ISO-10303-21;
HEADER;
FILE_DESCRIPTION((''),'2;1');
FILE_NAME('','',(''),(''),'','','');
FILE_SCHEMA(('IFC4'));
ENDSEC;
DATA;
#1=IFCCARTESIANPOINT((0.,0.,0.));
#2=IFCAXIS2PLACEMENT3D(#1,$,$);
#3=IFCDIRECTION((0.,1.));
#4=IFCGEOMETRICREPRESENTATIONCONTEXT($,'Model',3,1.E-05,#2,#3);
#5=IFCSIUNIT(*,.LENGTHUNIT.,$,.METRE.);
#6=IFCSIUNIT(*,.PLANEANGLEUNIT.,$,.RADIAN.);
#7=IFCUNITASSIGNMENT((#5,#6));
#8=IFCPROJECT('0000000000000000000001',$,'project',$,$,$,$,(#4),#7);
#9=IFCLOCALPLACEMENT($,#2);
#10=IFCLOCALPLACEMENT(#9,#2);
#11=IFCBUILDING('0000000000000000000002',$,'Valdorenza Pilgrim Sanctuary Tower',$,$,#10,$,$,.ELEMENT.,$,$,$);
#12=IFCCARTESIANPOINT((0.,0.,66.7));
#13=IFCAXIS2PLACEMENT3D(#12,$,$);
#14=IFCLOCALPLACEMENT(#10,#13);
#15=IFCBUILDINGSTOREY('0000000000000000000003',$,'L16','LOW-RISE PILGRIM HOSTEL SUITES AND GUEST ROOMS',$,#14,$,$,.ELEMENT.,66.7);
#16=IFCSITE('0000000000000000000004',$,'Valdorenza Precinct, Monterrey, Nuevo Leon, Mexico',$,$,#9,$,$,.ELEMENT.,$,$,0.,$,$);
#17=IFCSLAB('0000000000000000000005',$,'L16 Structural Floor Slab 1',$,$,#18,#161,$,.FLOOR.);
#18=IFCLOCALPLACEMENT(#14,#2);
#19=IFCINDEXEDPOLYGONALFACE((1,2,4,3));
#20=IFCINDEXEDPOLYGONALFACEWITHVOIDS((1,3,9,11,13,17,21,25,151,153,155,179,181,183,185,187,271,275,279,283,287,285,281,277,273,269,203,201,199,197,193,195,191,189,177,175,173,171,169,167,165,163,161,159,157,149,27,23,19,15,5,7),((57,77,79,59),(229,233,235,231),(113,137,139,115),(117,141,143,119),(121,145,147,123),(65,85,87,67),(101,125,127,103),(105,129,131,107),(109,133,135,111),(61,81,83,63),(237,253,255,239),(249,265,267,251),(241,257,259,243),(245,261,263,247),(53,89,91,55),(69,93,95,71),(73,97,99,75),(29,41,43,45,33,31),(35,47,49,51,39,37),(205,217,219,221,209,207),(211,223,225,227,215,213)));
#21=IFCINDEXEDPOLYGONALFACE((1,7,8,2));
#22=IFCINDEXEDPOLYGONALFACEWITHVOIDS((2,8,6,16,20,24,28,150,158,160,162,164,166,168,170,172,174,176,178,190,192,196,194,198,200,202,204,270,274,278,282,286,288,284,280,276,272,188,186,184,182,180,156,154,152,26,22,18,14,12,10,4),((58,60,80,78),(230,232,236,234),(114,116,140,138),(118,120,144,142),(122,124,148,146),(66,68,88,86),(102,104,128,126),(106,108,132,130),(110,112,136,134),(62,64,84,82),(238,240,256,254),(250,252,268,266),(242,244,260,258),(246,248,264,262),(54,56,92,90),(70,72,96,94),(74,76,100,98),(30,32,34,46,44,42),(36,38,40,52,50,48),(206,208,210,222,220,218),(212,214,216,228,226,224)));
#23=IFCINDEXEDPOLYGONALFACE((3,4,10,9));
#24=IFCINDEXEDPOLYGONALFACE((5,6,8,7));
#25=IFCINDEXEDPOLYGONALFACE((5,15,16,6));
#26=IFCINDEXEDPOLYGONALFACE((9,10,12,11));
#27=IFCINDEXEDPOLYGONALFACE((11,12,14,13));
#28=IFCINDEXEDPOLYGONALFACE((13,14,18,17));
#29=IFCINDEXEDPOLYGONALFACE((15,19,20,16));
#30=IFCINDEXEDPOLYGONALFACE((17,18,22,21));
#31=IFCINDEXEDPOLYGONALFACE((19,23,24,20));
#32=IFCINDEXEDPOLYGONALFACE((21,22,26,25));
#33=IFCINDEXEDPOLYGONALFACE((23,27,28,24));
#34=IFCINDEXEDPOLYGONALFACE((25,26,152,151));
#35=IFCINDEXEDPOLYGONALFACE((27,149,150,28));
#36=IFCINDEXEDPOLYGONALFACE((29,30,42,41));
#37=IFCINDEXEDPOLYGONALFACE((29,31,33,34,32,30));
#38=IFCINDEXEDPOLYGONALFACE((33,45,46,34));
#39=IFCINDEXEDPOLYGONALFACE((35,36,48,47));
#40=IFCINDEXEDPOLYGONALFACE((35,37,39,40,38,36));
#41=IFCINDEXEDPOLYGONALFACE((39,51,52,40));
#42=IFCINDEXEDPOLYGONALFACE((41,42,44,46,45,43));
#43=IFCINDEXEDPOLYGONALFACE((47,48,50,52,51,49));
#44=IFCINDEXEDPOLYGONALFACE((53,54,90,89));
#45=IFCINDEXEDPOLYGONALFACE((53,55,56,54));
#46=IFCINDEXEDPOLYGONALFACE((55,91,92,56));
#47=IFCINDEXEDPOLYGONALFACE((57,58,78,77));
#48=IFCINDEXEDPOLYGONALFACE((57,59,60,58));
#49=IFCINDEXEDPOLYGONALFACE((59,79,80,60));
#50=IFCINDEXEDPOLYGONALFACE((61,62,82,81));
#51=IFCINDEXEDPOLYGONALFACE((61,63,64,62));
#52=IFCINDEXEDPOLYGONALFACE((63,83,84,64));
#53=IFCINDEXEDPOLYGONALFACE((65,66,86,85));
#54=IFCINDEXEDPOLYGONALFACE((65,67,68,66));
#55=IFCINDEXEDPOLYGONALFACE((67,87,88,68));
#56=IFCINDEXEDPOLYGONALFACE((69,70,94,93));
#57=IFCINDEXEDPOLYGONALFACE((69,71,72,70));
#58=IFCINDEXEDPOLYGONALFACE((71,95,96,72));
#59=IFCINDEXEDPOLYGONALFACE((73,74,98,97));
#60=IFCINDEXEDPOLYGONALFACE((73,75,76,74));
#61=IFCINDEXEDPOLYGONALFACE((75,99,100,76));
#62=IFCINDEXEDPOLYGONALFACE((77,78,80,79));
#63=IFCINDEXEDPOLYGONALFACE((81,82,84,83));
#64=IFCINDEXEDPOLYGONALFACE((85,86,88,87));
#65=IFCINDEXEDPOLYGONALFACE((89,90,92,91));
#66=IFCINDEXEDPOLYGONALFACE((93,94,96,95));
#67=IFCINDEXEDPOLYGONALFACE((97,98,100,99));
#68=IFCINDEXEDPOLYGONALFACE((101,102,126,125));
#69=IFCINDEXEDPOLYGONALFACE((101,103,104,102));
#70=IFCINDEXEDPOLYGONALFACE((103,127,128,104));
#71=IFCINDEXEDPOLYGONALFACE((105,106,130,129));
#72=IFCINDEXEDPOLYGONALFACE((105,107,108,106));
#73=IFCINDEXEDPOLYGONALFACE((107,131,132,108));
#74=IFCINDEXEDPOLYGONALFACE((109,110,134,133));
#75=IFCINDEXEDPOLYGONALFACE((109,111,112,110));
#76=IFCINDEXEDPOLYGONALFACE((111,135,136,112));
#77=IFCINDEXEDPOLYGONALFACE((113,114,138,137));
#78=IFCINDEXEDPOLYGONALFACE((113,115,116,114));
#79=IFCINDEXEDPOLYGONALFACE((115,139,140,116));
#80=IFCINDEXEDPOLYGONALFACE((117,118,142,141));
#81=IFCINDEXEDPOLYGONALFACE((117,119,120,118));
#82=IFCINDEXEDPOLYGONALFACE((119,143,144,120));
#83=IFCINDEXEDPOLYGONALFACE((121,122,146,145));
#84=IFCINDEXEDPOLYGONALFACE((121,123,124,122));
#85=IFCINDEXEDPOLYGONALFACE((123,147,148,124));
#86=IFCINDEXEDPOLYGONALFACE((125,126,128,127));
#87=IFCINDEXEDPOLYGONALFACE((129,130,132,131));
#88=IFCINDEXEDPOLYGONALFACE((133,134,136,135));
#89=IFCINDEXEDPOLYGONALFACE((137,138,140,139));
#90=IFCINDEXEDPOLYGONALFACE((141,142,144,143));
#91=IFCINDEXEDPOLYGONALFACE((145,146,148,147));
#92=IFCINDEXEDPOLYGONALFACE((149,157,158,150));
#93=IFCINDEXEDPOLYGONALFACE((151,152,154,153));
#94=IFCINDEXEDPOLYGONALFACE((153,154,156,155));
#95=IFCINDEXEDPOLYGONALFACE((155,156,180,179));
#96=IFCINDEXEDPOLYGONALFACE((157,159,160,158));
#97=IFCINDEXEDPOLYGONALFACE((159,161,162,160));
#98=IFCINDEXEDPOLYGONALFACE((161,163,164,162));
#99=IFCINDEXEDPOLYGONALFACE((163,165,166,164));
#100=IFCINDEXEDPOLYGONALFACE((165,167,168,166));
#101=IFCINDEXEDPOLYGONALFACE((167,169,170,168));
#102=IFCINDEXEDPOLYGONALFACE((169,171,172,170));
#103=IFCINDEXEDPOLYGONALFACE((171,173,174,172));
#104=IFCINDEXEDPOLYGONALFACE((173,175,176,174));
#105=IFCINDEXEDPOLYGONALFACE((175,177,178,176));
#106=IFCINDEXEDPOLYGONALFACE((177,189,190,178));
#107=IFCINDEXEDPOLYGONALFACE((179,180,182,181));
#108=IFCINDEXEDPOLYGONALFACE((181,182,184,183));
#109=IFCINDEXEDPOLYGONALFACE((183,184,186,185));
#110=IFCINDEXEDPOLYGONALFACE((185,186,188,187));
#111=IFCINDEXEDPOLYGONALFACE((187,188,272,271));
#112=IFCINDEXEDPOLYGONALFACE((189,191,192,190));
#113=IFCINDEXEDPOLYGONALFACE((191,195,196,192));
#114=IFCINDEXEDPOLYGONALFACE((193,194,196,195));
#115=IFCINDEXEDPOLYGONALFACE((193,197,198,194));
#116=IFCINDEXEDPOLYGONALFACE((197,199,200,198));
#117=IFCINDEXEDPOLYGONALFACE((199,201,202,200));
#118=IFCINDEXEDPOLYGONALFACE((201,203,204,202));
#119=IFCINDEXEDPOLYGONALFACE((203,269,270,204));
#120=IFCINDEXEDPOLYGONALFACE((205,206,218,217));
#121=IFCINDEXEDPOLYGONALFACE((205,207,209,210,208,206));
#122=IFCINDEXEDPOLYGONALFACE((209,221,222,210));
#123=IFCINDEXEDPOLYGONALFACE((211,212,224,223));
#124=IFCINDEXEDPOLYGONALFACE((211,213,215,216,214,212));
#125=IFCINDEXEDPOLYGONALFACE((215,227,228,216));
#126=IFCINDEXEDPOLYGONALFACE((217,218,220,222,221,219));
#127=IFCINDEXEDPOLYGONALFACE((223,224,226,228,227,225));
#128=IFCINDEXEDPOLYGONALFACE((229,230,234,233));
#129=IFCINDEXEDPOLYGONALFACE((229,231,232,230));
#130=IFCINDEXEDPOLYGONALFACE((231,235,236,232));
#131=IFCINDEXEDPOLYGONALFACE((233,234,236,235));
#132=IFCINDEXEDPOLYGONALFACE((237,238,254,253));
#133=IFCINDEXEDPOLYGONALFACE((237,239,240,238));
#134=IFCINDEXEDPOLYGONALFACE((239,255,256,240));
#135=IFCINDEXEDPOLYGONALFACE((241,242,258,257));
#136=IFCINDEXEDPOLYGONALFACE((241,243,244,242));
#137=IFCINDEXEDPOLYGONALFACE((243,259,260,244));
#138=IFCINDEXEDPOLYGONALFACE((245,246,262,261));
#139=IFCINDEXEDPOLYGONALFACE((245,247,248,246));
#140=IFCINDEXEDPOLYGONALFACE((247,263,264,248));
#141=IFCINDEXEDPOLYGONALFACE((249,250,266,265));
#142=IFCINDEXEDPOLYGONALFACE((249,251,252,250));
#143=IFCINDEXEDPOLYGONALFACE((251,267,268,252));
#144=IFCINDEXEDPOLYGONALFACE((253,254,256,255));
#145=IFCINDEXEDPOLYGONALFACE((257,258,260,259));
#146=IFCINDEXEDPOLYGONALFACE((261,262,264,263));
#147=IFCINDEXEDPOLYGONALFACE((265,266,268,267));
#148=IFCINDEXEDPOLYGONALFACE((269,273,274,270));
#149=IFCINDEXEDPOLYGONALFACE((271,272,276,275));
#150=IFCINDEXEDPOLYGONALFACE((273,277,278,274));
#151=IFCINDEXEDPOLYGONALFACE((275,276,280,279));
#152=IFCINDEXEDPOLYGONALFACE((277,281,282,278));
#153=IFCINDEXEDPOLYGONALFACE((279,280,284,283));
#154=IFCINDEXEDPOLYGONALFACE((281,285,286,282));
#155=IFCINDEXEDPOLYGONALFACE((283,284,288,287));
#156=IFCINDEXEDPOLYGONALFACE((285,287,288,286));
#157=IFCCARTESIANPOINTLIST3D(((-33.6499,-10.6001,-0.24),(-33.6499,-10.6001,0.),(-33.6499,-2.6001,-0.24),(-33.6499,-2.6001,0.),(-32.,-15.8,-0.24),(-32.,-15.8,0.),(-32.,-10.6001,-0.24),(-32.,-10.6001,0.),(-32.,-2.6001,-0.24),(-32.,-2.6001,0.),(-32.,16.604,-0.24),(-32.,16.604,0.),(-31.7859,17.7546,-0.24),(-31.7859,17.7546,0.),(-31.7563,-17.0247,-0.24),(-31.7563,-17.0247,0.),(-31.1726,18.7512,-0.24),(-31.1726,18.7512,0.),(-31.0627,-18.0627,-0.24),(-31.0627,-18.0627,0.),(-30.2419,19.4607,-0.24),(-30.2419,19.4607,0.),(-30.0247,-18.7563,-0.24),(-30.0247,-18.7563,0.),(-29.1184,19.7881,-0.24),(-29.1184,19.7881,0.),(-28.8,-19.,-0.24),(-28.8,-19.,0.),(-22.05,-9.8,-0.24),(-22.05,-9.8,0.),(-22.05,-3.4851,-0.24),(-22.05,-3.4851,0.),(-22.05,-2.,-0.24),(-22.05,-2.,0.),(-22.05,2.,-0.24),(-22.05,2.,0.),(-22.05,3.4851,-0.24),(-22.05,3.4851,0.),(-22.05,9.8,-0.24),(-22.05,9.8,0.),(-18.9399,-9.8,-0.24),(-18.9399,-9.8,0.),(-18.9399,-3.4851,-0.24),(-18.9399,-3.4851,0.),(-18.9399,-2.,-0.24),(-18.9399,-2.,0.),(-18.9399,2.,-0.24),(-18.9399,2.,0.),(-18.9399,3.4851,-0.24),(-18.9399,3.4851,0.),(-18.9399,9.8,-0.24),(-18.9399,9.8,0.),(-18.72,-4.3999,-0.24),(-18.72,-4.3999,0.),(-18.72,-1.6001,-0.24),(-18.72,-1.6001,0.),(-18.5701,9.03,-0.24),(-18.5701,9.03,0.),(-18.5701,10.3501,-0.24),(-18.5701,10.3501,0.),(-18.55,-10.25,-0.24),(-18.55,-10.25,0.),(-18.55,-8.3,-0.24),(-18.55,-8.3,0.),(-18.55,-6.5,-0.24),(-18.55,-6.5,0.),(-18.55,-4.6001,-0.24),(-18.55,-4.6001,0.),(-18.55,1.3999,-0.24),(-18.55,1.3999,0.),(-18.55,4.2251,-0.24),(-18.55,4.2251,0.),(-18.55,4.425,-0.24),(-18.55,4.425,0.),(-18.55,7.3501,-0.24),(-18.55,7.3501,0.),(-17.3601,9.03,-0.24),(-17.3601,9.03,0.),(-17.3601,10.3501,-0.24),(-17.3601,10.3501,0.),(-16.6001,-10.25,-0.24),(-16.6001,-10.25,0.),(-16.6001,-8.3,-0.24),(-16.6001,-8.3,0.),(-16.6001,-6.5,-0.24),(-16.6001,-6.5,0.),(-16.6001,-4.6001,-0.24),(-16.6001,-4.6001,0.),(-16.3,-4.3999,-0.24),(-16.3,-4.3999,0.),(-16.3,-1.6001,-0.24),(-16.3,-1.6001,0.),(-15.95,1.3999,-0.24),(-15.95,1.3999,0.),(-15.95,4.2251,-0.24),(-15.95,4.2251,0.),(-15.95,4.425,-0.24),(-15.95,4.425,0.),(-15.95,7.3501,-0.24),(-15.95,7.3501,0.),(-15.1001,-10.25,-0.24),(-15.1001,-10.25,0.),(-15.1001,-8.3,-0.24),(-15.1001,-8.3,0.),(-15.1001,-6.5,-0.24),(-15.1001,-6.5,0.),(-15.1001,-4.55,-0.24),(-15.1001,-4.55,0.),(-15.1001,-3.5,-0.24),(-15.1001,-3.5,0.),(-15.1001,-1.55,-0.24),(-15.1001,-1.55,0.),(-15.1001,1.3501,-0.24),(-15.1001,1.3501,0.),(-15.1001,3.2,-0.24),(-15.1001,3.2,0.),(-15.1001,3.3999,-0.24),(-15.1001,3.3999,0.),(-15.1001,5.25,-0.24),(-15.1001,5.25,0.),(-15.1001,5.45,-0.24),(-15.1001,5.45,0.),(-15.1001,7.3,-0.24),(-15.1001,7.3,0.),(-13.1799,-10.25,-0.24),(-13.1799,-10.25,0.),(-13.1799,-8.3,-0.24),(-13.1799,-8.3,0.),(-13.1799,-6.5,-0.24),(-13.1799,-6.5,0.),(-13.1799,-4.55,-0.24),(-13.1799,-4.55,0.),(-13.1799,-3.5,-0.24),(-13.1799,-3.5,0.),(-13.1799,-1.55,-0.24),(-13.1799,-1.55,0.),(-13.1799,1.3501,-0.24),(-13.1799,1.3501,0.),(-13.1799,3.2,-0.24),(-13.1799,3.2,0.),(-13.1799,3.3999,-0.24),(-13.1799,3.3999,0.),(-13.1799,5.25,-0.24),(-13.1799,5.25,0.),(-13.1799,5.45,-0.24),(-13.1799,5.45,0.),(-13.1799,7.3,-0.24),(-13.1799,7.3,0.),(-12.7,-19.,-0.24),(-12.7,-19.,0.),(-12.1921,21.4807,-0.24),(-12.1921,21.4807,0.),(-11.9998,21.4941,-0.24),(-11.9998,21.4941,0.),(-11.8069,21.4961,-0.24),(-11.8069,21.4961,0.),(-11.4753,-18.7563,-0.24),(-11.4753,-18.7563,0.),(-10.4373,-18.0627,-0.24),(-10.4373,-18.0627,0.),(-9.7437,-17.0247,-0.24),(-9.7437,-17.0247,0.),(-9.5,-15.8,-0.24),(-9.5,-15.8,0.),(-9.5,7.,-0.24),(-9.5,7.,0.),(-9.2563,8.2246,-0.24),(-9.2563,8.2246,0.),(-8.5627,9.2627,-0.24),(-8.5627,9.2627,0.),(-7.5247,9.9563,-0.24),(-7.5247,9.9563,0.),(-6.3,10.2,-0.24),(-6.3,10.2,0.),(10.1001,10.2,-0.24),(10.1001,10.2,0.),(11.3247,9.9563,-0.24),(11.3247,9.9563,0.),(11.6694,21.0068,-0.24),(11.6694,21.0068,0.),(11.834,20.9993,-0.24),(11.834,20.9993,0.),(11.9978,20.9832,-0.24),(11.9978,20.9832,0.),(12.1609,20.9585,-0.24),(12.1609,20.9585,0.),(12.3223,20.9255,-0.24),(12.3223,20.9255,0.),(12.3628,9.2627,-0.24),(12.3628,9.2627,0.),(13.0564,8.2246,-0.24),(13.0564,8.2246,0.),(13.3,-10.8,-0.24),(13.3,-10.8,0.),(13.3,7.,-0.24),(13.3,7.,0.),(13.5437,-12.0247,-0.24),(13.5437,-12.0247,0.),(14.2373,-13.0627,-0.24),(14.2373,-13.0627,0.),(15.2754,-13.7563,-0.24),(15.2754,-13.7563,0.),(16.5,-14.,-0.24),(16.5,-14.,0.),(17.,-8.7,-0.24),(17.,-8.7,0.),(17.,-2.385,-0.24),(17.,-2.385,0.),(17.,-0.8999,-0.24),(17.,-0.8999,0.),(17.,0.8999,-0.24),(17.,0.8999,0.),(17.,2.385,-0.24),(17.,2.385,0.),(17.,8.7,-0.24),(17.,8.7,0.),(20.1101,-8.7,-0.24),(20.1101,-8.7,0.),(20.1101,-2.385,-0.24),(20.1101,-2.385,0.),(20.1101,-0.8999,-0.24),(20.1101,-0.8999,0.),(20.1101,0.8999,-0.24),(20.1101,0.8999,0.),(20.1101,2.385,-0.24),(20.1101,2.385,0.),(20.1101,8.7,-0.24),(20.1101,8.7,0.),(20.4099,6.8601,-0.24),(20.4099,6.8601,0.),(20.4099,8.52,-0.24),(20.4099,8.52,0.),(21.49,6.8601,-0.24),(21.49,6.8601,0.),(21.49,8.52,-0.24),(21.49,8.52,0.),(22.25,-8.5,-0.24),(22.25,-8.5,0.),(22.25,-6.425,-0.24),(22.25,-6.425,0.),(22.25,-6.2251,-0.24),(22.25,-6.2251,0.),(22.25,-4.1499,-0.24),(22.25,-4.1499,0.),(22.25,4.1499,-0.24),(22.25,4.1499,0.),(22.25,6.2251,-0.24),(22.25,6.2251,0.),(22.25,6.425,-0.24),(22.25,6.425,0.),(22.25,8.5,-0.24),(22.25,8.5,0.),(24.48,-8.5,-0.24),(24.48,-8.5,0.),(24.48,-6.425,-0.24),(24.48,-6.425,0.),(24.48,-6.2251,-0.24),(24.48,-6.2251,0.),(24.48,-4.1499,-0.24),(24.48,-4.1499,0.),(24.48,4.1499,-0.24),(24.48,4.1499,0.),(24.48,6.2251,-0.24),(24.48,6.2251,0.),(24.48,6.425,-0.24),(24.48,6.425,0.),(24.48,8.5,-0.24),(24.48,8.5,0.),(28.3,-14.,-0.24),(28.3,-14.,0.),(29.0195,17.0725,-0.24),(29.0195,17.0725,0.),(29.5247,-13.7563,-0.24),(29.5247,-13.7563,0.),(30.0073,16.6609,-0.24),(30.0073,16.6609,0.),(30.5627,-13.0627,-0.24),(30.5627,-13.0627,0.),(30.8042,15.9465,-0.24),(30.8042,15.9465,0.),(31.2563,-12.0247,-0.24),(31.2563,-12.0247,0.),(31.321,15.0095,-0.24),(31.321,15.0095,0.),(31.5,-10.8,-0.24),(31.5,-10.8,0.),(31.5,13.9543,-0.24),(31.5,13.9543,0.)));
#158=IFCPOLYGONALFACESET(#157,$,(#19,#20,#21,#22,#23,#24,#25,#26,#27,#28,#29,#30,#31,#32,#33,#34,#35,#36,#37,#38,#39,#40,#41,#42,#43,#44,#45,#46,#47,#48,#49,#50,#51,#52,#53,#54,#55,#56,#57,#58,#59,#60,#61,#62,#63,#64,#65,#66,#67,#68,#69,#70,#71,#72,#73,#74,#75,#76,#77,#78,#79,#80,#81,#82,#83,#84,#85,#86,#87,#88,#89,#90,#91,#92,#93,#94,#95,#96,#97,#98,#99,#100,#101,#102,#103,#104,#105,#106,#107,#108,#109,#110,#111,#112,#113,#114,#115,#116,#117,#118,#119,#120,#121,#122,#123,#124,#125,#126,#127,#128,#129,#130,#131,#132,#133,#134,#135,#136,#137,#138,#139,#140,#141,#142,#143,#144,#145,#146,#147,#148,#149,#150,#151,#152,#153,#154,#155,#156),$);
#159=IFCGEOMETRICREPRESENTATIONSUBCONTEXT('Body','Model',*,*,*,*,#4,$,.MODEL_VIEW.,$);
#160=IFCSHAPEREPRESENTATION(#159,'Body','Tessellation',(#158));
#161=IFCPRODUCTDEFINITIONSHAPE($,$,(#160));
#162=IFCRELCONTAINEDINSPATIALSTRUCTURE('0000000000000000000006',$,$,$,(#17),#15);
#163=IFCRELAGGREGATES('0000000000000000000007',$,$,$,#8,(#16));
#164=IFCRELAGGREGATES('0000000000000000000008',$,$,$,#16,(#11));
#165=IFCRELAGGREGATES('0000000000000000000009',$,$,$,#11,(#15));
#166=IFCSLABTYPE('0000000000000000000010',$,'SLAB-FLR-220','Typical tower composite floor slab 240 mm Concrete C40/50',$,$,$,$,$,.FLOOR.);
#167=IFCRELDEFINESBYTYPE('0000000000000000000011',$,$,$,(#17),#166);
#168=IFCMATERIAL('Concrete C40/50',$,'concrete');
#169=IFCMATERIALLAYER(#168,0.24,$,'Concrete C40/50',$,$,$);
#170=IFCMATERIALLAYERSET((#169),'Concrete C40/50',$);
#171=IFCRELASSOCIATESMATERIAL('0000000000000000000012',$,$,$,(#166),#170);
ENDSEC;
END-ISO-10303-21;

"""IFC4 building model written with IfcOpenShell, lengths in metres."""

from ifc_helpers import new_model, si_unit, direction, frame, origin, place, context, subcontext, project, spatial, polyline, outline, extrude, material, layer, layer_set, type_object, element, save


model = new_model("IFC4")

# Units and contexts
model_context = context("Model", 3, precision=1e-05, world=origin(), true_north=direction((0.0, 1.0)))
body_context = subcontext(model_context, "Body", "Model", "MODEL_VIEW")
ifc_project = project(units=[si_unit("LENGTHUNIT", "METRE"), si_unit("PLANEANGLEUNIT", "RADIAN")], contexts=[model_context])

# Site, building, storey
site_placement = place(None, origin())
site = spatial("IfcSite", under=ifc_project, at=site_placement, Name="Valdorenza Precinct, Monterrey, Nuevo Leon, Mexico", CompositionType="ELEMENT", RefElevation=0.0)
building_placement = place(site_placement, origin())
building = spatial("IfcBuilding", under=site, at=building_placement, Name="Valdorenza Pilgrim Sanctuary Tower", CompositionType="ELEMENT")
storey_placement = place(building_placement, frame((0.0, 0.0, 66.7)))
storey = spatial("IfcBuildingStorey", under=building, at=storey_placement, Name="L16", Description="LOW-RISE PILGRIM HOSTEL SUITES AND GUEST ROOMS", CompositionType="ELEMENT", Elevation=66.7)

# Slab
ifc_material_1 = material(Name="Concrete C40/50", Category="concrete")
ifc_layer_1 = layer(ifc_material_1, 0.24, Name="Concrete C40/50")
ifc_layer_set_1 = layer_set([ifc_layer_1], Name="Concrete C40/50")
slab_type_1 = type_object("IfcSlabType", Name="SLAB-FLR-220", Description="Typical tower composite floor slab 240 mm Concrete C40/50", PredefinedType="FLOOR", material=ifc_layer_set_1)
slab_1_placement = place(storey_placement, frame((0.0, 0.0, -0.24)))
element("IfcSlab", 1, at=slab_1_placement, inside=storey, type_object=slab_type_1, Name="L16 Structural Floor Slab 1", PredefinedType="FLOOR", context=body_context, shape_type="SweptSolid", body=[
    extrude(outline(polyline([(-33.6499, -2.6001), (-32.0, -2.6001), (-32.0, 16.604), (-31.7859, 17.7546), (-31.1726, 18.7512), (-30.2419, 19.4607), (-29.1184, 19.7881), (-12.1921, 21.4807), (-11.9998, 21.4941), (-11.8069, 21.4961), (11.6694, 21.0068), (11.834, 20.9993), (11.9978, 20.9832), (12.1609, 20.9585), (12.3223, 20.9255), (29.0195, 17.0725), (30.0073, 16.6609), (30.8042, 15.9465), (31.321, 15.0095), (31.5, 13.9543), (31.5, -10.8), (31.2563, -12.0247), (30.5627, -13.0627), (29.5247, -13.7563), (28.3, -14.0), (16.5, -14.0), (15.2754, -13.7563), (14.2373, -13.0627), (13.5437, -12.0247), (13.3, -10.8), (13.3, 7.0), (13.0564, 8.2246), (12.3628, 9.2627), (11.3247, 9.9563), (10.1001, 10.2), (-6.3, 10.2), (-7.5247, 9.9563), (-8.5627, 9.2627), (-9.2563, 8.2246), (-9.5, 7.0), (-9.5, -15.8), (-9.7437, -17.0247), (-10.4373, -18.0627), (-11.4753, -18.7563), (-12.7, -19.0), (-28.8, -19.0), (-30.0247, -18.7563), (-31.0627, -18.0627), (-31.7563, -17.0247), (-32.0, -15.8), (-32.0, -10.6001), (-33.6499, -10.6001), (-33.6499, -2.6001)]), holes=[polyline([(-16.6001, -10.25), (-16.6001, -8.3), (-18.55, -8.3), (-18.55, -10.25), (-16.6001, -10.25)]), polyline([(-22.05, -9.8), (-18.9399, -9.8), (-18.9399, -3.4851), (-18.9399, -2.0), (-22.05, -2.0), (-22.05, -3.4851), (-22.05, -9.8)]), polyline([(-18.55, -6.5), (-16.6001, -6.5), (-16.6001, -4.6001), (-18.55, -4.6001), (-18.55, -6.5)]), polyline([(-13.1799, -6.5), (-13.1799, -4.55), (-15.1001, -4.55), (-15.1001, -6.5), (-13.1799, -6.5)]), polyline([(-18.72, -4.3999), (-16.3, -4.3999), (-16.3, -1.6001), (-18.72, -1.6001), (-18.72, -4.3999)]), polyline([(-13.1799, -3.5), (-13.1799, -1.55), (-15.1001, -1.55), (-15.1001, -3.5), (-13.1799, -3.5)]), polyline([(-22.05, 2.0), (-18.9399, 2.0), (-18.9399, 3.4851), (-18.9399, 9.8), (-22.05, 9.8), (-22.05, 3.4851), (-22.05, 2.0)]), polyline([(-18.55, 1.3999), (-15.95, 1.3999), (-15.95, 4.2251), (-18.55, 4.2251), (-18.55, 1.3999)]), polyline([(-15.95, 4.425), (-15.95, 7.3501), (-18.55, 7.3501), (-18.55, 4.425), (-15.95, 4.425)]), polyline([(-15.1001, 5.45), (-13.1799, 5.45), (-13.1799, 7.3), (-15.1001, 7.3), (-15.1001, 5.45)]), polyline([(-17.3601, 9.03), (-17.3601, 10.3501), (-18.5701, 10.3501), (-18.5701, 9.03), (-17.3601, 9.03)]), polyline([(-15.1001, -10.25), (-13.1799, -10.25), (-13.1799, -8.3), (-15.1001, -8.3), (-15.1001, -10.25)]), polyline([(22.25, -8.5), (24.48, -8.5), (24.48, -6.425), (22.25, -6.425), (22.25, -8.5)]), polyline([(17.0, -2.385), (17.0, -8.7), (20.1101, -8.7), (20.1101, -2.385), (20.1101, -0.8999), (17.0, -0.8999), (17.0, -2.385)]), polyline([(22.25, -6.2251), (24.48, -6.2251), (24.48, -4.1499), (22.25, -4.1499), (22.25, -6.2251)]), polyline([(17.0, 0.8999), (20.1101, 0.8999), (20.1101, 2.385), (20.1101, 8.7), (17.0, 8.7), (17.0, 2.385), (17.0, 0.8999)]), polyline([(-15.1001, 1.3501), (-13.1799, 1.3501), (-13.1799, 3.2), (-15.1001, 3.2), (-15.1001, 1.3501)]), polyline([(-15.1001, 3.3999), (-13.1799, 3.3999), (-13.1799, 5.25), (-15.1001, 5.25), (-15.1001, 3.3999)]), polyline([(22.25, 4.1499), (24.48, 4.1499), (24.48, 6.2251), (22.25, 6.2251), (22.25, 4.1499)]), polyline([(22.25, 6.425), (24.48, 6.425), (24.48, 8.5), (22.25, 8.5), (22.25, 6.425)]), polyline([(20.4099, 6.8601), (21.49, 6.8601), (21.49, 8.52), (20.4099, 8.52), (20.4099, 6.8601)])]), origin(), (0.0, 0.0, 1.0), 0.24),
])

save(model, "model.ifc")
